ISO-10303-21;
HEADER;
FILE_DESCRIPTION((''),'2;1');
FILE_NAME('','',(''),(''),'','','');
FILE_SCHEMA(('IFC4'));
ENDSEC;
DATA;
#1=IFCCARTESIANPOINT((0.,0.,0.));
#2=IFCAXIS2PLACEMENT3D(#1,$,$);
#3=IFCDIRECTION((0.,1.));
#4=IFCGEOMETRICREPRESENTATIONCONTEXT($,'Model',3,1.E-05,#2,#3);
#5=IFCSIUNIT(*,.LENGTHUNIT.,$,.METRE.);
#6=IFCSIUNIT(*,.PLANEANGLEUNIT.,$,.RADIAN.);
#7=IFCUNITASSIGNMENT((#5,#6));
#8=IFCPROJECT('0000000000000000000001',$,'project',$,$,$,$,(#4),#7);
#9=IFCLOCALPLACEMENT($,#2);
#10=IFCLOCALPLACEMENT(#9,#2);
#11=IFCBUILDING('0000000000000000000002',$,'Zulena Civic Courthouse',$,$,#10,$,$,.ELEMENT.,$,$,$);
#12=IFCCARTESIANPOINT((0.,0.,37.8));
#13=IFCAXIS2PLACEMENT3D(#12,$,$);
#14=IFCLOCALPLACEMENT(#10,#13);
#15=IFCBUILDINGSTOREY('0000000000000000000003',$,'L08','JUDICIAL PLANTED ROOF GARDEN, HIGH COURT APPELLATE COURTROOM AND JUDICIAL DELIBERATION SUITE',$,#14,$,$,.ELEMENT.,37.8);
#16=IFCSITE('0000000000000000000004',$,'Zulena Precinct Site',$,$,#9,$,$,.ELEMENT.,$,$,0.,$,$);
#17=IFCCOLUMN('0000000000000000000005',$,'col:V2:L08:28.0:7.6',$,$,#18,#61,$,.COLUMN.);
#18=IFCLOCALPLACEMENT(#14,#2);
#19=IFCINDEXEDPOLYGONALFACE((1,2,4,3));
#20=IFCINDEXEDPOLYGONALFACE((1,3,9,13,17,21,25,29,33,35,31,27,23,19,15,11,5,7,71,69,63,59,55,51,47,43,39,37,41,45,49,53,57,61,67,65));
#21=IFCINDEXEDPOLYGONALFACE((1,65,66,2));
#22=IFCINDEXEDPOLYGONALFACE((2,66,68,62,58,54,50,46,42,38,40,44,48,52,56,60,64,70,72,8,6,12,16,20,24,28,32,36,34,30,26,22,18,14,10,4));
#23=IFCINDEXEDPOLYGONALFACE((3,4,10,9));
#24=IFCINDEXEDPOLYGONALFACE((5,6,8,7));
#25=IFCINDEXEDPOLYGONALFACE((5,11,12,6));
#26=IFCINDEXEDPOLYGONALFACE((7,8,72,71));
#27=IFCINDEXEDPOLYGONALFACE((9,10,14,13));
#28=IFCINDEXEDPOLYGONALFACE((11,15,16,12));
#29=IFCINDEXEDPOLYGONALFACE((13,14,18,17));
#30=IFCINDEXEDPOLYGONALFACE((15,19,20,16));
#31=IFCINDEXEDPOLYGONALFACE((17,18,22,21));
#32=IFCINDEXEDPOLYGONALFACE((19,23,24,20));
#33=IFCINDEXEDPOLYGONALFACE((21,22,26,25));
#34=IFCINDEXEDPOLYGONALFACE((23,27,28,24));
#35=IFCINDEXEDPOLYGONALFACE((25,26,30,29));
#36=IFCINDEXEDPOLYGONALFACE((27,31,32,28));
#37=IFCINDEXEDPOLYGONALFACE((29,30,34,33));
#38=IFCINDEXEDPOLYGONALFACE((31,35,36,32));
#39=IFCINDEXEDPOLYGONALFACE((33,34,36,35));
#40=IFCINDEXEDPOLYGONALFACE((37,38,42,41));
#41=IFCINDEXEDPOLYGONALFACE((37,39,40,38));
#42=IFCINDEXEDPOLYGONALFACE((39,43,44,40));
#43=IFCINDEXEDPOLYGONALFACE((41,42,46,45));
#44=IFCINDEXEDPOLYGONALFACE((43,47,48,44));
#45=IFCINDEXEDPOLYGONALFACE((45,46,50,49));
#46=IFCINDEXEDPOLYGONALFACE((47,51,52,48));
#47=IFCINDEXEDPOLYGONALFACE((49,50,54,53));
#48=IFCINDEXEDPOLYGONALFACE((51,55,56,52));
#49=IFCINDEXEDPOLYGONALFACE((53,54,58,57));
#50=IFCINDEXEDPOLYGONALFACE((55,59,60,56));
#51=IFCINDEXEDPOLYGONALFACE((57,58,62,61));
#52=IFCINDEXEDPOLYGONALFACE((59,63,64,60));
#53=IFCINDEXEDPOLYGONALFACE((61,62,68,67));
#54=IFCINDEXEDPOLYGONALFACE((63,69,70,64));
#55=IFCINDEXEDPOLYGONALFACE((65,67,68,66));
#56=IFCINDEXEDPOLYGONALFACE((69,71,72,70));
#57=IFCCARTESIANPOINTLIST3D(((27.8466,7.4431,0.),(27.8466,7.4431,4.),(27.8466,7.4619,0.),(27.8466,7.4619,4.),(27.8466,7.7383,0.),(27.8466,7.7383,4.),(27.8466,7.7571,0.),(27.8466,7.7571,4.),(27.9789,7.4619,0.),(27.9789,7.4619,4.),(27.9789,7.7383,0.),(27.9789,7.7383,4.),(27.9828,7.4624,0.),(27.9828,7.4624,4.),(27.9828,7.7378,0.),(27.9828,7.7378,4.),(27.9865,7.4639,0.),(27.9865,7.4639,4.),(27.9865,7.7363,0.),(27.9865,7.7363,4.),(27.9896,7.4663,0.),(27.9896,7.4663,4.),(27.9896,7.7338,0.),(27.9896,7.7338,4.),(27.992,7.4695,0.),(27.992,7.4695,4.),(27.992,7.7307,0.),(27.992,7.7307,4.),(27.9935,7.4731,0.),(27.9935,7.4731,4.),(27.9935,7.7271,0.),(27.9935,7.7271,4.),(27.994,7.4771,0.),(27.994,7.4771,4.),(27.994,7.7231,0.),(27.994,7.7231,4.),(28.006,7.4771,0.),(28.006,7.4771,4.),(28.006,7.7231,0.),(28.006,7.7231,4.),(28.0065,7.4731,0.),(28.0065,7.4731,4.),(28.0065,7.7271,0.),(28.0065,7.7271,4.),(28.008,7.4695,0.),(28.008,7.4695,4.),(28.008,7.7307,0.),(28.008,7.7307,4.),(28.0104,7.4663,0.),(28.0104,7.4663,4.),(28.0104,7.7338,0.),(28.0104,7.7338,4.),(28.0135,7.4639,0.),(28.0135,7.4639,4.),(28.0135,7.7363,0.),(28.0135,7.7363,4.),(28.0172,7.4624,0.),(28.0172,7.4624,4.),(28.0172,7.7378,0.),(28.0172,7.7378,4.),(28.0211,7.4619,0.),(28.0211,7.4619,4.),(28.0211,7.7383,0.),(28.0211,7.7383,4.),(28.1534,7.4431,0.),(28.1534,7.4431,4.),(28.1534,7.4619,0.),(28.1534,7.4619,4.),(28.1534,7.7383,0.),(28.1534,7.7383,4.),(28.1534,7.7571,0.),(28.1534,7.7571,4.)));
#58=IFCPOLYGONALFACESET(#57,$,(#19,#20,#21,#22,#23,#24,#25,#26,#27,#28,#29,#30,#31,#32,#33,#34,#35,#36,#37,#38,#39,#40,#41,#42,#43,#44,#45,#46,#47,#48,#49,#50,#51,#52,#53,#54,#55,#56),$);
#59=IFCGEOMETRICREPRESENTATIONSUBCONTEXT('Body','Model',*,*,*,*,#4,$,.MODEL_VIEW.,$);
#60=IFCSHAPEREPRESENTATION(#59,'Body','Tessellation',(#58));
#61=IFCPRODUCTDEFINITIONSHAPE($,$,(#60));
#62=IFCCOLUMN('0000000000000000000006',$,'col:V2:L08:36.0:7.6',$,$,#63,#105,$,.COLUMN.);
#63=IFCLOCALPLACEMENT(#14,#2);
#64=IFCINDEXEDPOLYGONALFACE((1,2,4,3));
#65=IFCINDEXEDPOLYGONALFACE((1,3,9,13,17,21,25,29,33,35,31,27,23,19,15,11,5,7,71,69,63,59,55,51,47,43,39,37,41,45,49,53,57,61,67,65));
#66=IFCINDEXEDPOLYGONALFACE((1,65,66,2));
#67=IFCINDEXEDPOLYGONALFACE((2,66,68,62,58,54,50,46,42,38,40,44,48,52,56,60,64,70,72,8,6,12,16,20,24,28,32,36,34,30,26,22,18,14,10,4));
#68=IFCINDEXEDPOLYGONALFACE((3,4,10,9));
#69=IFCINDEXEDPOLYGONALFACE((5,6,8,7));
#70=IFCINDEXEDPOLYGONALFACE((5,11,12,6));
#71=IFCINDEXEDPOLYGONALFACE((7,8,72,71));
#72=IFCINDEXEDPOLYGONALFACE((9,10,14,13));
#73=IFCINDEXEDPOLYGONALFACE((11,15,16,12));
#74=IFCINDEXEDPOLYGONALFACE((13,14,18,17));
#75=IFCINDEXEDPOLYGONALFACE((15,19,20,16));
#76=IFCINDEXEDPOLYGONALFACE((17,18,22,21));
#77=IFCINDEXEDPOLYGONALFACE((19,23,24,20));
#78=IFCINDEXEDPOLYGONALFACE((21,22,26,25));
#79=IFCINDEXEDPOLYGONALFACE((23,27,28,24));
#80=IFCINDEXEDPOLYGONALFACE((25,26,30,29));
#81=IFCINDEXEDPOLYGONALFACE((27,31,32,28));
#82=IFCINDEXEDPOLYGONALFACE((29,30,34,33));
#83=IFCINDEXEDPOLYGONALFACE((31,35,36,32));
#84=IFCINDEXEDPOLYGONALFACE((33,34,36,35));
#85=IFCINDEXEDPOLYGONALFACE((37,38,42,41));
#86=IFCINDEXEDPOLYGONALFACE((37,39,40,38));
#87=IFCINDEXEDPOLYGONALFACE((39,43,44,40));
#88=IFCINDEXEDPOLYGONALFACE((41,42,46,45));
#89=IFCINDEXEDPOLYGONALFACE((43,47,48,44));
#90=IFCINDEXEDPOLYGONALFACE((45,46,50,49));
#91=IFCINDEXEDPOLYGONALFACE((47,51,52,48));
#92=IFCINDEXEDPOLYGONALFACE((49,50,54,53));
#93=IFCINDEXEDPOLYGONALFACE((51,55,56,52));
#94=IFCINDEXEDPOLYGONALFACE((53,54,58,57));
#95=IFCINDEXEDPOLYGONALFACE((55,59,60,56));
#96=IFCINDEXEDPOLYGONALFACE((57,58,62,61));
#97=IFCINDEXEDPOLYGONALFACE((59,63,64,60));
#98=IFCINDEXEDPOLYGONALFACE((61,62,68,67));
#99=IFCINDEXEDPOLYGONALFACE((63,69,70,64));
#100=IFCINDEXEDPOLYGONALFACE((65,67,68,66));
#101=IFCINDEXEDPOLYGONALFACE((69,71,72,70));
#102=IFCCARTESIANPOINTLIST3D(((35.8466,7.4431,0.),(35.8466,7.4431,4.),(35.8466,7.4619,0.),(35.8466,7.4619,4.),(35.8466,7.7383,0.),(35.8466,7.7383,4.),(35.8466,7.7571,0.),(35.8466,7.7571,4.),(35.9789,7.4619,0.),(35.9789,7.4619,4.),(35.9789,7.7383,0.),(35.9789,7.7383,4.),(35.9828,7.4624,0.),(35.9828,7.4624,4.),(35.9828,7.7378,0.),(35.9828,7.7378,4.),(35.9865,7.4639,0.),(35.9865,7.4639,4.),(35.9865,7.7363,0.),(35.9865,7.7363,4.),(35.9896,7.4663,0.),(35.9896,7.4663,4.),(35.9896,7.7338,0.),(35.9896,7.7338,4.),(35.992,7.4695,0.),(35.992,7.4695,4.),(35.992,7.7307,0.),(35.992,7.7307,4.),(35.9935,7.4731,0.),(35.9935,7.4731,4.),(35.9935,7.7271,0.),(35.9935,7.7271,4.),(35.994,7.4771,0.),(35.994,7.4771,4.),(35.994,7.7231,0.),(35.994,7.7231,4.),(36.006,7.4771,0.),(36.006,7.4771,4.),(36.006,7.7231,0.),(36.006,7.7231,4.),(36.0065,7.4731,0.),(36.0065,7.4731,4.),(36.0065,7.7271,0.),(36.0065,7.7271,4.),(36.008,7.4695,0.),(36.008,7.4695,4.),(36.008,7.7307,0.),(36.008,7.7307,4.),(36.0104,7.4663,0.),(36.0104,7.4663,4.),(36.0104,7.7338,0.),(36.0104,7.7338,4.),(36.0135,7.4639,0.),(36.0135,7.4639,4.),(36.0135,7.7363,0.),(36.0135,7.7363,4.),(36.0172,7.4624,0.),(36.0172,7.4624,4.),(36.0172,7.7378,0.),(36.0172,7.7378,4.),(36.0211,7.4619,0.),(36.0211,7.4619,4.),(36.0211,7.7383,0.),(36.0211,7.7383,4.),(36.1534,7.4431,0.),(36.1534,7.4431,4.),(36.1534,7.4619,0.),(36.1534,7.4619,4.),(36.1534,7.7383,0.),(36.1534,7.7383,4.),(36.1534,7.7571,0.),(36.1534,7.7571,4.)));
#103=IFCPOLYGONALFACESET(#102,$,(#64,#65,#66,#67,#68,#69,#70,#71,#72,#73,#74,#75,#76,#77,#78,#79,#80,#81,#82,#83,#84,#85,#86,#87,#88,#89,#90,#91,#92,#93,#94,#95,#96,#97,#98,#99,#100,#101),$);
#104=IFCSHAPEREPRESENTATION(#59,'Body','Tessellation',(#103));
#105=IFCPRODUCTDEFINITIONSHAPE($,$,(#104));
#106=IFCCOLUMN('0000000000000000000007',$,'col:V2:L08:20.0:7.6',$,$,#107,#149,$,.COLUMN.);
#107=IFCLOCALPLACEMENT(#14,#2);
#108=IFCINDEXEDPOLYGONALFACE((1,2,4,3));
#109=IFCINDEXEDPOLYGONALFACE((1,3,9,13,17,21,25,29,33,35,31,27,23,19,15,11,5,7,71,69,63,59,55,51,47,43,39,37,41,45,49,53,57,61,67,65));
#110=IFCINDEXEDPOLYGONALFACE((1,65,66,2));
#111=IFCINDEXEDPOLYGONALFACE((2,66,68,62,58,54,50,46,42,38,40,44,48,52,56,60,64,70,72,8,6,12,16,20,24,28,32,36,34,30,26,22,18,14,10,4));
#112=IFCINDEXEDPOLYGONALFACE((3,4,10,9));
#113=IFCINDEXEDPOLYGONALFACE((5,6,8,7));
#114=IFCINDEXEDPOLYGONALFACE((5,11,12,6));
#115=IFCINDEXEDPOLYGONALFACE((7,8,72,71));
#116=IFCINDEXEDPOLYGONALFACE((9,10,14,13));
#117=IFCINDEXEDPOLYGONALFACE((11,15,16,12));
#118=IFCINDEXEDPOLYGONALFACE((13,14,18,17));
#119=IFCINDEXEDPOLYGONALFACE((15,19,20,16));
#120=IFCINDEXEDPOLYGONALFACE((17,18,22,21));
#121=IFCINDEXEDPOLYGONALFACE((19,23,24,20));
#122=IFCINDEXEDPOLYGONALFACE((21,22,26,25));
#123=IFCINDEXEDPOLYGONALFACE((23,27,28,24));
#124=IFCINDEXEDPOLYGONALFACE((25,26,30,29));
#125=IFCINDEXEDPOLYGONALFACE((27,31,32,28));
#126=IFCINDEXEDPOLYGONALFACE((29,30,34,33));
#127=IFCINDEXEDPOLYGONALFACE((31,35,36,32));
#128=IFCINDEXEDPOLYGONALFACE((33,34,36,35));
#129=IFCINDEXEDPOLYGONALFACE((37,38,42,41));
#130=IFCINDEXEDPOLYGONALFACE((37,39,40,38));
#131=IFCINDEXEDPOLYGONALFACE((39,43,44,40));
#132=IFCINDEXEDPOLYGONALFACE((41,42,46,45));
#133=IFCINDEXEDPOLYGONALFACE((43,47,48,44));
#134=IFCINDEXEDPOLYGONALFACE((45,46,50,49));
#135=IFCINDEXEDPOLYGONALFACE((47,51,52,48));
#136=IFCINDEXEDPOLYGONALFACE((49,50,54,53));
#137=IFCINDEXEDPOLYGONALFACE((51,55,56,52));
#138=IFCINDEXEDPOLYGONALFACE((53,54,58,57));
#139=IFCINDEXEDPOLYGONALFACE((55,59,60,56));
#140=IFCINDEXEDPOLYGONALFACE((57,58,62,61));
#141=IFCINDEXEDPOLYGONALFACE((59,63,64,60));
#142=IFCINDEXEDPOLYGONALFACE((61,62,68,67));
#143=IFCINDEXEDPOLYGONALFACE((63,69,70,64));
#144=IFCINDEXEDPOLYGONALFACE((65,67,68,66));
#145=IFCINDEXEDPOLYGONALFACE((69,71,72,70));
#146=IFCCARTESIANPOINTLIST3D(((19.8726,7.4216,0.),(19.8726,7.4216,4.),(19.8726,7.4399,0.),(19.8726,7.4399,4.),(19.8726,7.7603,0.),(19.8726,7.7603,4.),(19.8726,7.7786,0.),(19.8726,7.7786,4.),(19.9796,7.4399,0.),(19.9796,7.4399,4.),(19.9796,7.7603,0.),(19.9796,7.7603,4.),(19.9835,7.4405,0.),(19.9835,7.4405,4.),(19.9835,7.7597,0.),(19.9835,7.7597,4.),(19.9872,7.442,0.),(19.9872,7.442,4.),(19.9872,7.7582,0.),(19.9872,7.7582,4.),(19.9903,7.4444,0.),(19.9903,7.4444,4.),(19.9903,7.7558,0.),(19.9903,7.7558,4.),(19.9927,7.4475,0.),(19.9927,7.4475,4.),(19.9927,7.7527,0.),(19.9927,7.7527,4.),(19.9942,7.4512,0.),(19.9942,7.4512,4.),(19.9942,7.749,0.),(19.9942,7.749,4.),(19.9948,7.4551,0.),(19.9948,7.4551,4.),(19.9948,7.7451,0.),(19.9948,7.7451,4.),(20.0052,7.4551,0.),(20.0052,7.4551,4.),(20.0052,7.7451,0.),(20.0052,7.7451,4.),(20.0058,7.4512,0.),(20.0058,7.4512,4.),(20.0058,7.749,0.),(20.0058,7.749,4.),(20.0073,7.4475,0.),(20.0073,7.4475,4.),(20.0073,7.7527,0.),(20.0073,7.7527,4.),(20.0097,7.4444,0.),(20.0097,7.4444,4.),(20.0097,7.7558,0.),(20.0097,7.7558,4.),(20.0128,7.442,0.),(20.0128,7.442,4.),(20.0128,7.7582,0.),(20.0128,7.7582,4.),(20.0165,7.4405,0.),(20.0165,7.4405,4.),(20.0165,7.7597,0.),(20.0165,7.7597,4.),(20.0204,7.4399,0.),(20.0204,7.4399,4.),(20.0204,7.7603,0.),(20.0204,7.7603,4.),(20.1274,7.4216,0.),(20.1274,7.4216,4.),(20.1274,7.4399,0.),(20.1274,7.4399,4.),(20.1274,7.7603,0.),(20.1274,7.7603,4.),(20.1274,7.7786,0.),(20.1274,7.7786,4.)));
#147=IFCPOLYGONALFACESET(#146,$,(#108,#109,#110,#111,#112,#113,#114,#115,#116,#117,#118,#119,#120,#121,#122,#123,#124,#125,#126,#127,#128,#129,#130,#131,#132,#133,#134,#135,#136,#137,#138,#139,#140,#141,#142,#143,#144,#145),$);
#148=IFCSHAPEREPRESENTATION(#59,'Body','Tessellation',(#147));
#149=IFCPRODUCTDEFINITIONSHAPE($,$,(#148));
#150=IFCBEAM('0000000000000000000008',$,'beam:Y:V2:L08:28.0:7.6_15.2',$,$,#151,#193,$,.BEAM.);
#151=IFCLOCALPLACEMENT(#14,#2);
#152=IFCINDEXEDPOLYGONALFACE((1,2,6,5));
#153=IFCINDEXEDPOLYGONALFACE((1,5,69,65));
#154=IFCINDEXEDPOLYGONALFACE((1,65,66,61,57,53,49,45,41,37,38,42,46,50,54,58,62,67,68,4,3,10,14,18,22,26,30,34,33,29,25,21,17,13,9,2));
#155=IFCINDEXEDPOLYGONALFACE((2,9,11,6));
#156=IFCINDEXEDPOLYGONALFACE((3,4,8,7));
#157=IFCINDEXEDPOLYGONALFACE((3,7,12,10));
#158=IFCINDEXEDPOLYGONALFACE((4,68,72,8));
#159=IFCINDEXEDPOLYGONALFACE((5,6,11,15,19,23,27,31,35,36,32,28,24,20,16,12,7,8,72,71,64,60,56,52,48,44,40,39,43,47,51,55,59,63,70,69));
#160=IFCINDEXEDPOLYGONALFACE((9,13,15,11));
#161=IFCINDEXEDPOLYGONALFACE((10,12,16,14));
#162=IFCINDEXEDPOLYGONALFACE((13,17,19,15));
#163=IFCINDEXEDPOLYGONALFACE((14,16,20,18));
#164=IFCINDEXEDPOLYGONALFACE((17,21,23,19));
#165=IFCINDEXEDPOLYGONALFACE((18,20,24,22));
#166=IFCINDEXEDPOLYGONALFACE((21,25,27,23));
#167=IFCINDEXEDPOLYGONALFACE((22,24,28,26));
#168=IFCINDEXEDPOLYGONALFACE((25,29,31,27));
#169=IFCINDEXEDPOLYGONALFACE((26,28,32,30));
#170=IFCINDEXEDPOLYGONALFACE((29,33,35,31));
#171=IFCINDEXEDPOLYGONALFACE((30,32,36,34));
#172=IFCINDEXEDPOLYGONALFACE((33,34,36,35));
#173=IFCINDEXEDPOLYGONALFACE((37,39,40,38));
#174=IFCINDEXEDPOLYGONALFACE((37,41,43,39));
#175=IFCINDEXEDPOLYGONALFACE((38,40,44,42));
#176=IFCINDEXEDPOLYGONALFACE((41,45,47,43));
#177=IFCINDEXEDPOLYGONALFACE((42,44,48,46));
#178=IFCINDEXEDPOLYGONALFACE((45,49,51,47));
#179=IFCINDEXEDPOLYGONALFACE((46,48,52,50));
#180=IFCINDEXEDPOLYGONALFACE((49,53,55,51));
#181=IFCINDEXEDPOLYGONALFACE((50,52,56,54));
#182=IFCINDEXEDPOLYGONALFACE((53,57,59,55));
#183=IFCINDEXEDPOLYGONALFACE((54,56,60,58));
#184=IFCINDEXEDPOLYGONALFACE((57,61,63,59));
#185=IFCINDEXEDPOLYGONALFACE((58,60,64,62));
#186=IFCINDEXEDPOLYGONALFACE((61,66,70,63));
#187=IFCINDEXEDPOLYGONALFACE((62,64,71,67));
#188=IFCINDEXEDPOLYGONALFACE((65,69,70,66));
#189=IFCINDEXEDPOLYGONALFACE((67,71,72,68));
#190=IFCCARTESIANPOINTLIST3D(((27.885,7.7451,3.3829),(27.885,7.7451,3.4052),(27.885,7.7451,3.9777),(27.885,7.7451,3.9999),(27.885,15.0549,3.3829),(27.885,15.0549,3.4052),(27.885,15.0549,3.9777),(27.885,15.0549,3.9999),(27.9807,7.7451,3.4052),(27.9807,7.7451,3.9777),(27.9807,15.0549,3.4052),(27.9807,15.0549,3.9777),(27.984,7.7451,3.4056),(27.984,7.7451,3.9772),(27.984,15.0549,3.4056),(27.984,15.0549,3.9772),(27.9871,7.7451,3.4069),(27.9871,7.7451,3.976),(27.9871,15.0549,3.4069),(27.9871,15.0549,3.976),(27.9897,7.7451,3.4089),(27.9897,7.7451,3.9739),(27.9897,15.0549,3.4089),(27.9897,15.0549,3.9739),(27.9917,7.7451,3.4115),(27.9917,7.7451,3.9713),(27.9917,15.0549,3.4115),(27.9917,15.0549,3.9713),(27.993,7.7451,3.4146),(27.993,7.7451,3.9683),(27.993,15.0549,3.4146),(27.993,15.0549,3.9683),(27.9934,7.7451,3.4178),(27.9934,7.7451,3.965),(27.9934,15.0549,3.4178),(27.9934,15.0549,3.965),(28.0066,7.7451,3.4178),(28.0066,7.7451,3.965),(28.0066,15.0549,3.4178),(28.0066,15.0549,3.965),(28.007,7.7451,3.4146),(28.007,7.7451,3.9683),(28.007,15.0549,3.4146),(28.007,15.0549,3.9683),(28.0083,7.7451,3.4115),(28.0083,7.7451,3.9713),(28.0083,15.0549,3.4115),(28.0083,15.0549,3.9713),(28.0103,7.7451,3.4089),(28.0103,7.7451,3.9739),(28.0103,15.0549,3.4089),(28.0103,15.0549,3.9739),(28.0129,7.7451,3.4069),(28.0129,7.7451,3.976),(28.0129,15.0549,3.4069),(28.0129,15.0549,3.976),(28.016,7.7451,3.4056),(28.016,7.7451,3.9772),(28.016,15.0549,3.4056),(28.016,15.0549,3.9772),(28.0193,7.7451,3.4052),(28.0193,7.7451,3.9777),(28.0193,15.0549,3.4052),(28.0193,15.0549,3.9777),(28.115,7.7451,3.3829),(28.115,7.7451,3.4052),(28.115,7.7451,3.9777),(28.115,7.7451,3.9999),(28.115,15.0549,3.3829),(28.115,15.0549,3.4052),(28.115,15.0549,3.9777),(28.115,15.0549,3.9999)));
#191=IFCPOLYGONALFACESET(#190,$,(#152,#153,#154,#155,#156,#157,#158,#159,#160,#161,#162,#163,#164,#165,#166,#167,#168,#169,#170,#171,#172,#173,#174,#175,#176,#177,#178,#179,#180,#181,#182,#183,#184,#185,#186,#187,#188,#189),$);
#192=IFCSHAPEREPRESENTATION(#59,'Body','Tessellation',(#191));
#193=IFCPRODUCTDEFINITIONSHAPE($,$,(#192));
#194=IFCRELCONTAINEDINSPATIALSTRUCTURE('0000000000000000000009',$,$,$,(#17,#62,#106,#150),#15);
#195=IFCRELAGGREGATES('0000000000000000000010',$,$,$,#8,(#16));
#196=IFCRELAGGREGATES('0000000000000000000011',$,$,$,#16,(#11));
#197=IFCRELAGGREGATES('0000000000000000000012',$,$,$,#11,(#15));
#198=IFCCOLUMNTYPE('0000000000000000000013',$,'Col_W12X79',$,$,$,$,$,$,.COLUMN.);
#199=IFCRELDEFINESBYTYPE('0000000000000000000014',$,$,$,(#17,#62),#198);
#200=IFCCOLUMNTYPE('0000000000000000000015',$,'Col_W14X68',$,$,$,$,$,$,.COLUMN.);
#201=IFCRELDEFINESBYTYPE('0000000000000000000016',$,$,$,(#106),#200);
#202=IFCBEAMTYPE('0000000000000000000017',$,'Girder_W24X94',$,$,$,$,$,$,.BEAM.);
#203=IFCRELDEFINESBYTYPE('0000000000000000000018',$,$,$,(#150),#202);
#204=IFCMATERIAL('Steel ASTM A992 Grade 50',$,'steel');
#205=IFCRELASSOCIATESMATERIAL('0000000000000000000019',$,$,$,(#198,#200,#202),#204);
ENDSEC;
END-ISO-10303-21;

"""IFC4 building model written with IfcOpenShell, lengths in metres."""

from ifc_helpers import new_model, si_unit, direction, frame, origin, origin_2d, place, context, subcontext, project, spatial, i_section, extrude, material, material_profile, profile_set, type_object, element, save


model = new_model("IFC4")

# Units and contexts
model_context = context("Model", 3, precision=1e-05, world=origin(), true_north=direction((0.0, 1.0)))
body_context = subcontext(model_context, "Body", "Model", "MODEL_VIEW")
ifc_project = project(units=[si_unit("LENGTHUNIT", "METRE"), si_unit("PLANEANGLEUNIT", "RADIAN")], contexts=[model_context])

# Site, building, storey
site_placement = place(None, origin())
site = spatial("IfcSite", under=ifc_project, at=site_placement, Name="Zulena Precinct Site", CompositionType="ELEMENT", RefElevation=0.0)
building_placement = place(site_placement, origin())
building = spatial("IfcBuilding", under=site, at=building_placement, Name="Zulena Civic Courthouse", CompositionType="ELEMENT")
storey_placement = place(building_placement, frame((0.0, 0.0, 37.8)))
storey = spatial("IfcBuildingStorey", under=building, at=storey_placement, Name="L08", Description="JUDICIAL PLANTED ROOF GARDEN, HIGH COURT APPELLATE COURTROOM AND JUDICIAL DELIBERATION SUITE", CompositionType="ELEMENT", Elevation=37.8)

# Columns
ifc_material_1 = material(Name="Steel ASTM A992 Grade 50", Category="steel")
ifc_material_profile_1 = material_profile(ifc_material_1, i_section(OverallWidth=0.3069, OverallDepth=0.314, WebThickness=0.012, FlangeThickness=0.0188, FilletRadius=0.0151, at=origin_2d()), Name="W12X79")
ifc_profile_set_1 = profile_set([ifc_material_profile_1], Name="Steel ASTM A992 Grade 50")
column_type_1 = type_object("IfcColumnType", Name="Col_W12X79", PredefinedType="COLUMN", material=ifc_profile_set_1)
for number, where, z_axis, x_axis, name in (
    (1, (28.0, 7.6001, 0.0), (0.0, 0.0, 1.0), (1.0, 0.0, 0.0), "col:V2:L08:28.0:7.6"),
    (2, (36.0, 7.6001, 0.0), (0.0, 0.0, 1.0), (1.0, 0.0, 0.0), "col:V2:L08:36.0:7.6"),
):
    element("IfcColumn", number, at=place(storey_placement, frame(where, z_axis=z_axis, x_axis=x_axis)), inside=storey, type_object=column_type_1, Name=name, PredefinedType="COLUMN", context=body_context, shape_type="SweptSolid", body=[
        extrude(i_section(OverallWidth=0.3069, OverallDepth=0.314, WebThickness=0.012, FlangeThickness=0.0188, FilletRadius=0.0151, at=origin_2d()), origin(), (0.0, 0.0, 1.0), 4.0),
    ])
ifc_material_profile_2 = material_profile(ifc_material_1, i_section(OverallWidth=0.2549, OverallDepth=0.3569, WebThickness=0.0105, FlangeThickness=0.0183, FilletRadius=0.0151, at=origin_2d()), Name="W14X68")
ifc_profile_set_2 = profile_set([ifc_material_profile_2], Name="Steel ASTM A992 Grade 50")
column_type_2 = type_object("IfcColumnType", Name="Col_W14X68", PredefinedType="COLUMN", material=ifc_profile_set_2)
column_placement = place(storey_placement, frame((20.0, 7.6001, 0.0), z_axis=(0.0, 0.0, 1.0), x_axis=(1.0, 0.0, 0.0)))
element("IfcColumn", 3, at=column_placement, inside=storey, type_object=column_type_2, Name="col:V2:L08:20.0:7.6", PredefinedType="COLUMN", context=body_context, shape_type="SweptSolid", body=[
    extrude(i_section(OverallWidth=0.2549, OverallDepth=0.3569, WebThickness=0.0105, FlangeThickness=0.0183, FilletRadius=0.0151, at=origin_2d()), origin(), (0.0, 0.0, 1.0), 4.0),
])

# Beam
ifc_material_profile_3 = material_profile(ifc_material_1, i_section(OverallWidth=0.23, OverallDepth=0.6169, WebThickness=0.0132, FlangeThickness=0.0222, FilletRadius=0.0127, at=origin_2d()), Name="W24X94")
ifc_profile_set_3 = profile_set([ifc_material_profile_3], Name="Steel ASTM A992 Grade 50")
beam_type_1 = type_object("IfcBeamType", Name="Girder_W24X94", PredefinedType="BEAM", material=ifc_profile_set_3)
for number, where, z_axis, x_axis, name in (
    (4, (28.0, 7.7451, 3.6914), (0.0, 1.0, 0.0), (-1.0, 0.0, 0.0), "beam:Y:V2:L08:28.0:7.6_15.2"),
):
    element("IfcBeam", number, at=place(storey_placement, frame(where, z_axis=z_axis, x_axis=x_axis)), inside=storey, type_object=beam_type_1, Name=name, PredefinedType="BEAM", context=body_context, shape_type="SweptSolid", body=[
        extrude(i_section(OverallWidth=0.23, OverallDepth=0.6169, WebThickness=0.0132, FlangeThickness=0.0222, FilletRadius=0.0127, at=origin_2d()), origin(), (0.0, 0.0, 1.0), 7.3098),
    ])

save(model, "model.ifc")
